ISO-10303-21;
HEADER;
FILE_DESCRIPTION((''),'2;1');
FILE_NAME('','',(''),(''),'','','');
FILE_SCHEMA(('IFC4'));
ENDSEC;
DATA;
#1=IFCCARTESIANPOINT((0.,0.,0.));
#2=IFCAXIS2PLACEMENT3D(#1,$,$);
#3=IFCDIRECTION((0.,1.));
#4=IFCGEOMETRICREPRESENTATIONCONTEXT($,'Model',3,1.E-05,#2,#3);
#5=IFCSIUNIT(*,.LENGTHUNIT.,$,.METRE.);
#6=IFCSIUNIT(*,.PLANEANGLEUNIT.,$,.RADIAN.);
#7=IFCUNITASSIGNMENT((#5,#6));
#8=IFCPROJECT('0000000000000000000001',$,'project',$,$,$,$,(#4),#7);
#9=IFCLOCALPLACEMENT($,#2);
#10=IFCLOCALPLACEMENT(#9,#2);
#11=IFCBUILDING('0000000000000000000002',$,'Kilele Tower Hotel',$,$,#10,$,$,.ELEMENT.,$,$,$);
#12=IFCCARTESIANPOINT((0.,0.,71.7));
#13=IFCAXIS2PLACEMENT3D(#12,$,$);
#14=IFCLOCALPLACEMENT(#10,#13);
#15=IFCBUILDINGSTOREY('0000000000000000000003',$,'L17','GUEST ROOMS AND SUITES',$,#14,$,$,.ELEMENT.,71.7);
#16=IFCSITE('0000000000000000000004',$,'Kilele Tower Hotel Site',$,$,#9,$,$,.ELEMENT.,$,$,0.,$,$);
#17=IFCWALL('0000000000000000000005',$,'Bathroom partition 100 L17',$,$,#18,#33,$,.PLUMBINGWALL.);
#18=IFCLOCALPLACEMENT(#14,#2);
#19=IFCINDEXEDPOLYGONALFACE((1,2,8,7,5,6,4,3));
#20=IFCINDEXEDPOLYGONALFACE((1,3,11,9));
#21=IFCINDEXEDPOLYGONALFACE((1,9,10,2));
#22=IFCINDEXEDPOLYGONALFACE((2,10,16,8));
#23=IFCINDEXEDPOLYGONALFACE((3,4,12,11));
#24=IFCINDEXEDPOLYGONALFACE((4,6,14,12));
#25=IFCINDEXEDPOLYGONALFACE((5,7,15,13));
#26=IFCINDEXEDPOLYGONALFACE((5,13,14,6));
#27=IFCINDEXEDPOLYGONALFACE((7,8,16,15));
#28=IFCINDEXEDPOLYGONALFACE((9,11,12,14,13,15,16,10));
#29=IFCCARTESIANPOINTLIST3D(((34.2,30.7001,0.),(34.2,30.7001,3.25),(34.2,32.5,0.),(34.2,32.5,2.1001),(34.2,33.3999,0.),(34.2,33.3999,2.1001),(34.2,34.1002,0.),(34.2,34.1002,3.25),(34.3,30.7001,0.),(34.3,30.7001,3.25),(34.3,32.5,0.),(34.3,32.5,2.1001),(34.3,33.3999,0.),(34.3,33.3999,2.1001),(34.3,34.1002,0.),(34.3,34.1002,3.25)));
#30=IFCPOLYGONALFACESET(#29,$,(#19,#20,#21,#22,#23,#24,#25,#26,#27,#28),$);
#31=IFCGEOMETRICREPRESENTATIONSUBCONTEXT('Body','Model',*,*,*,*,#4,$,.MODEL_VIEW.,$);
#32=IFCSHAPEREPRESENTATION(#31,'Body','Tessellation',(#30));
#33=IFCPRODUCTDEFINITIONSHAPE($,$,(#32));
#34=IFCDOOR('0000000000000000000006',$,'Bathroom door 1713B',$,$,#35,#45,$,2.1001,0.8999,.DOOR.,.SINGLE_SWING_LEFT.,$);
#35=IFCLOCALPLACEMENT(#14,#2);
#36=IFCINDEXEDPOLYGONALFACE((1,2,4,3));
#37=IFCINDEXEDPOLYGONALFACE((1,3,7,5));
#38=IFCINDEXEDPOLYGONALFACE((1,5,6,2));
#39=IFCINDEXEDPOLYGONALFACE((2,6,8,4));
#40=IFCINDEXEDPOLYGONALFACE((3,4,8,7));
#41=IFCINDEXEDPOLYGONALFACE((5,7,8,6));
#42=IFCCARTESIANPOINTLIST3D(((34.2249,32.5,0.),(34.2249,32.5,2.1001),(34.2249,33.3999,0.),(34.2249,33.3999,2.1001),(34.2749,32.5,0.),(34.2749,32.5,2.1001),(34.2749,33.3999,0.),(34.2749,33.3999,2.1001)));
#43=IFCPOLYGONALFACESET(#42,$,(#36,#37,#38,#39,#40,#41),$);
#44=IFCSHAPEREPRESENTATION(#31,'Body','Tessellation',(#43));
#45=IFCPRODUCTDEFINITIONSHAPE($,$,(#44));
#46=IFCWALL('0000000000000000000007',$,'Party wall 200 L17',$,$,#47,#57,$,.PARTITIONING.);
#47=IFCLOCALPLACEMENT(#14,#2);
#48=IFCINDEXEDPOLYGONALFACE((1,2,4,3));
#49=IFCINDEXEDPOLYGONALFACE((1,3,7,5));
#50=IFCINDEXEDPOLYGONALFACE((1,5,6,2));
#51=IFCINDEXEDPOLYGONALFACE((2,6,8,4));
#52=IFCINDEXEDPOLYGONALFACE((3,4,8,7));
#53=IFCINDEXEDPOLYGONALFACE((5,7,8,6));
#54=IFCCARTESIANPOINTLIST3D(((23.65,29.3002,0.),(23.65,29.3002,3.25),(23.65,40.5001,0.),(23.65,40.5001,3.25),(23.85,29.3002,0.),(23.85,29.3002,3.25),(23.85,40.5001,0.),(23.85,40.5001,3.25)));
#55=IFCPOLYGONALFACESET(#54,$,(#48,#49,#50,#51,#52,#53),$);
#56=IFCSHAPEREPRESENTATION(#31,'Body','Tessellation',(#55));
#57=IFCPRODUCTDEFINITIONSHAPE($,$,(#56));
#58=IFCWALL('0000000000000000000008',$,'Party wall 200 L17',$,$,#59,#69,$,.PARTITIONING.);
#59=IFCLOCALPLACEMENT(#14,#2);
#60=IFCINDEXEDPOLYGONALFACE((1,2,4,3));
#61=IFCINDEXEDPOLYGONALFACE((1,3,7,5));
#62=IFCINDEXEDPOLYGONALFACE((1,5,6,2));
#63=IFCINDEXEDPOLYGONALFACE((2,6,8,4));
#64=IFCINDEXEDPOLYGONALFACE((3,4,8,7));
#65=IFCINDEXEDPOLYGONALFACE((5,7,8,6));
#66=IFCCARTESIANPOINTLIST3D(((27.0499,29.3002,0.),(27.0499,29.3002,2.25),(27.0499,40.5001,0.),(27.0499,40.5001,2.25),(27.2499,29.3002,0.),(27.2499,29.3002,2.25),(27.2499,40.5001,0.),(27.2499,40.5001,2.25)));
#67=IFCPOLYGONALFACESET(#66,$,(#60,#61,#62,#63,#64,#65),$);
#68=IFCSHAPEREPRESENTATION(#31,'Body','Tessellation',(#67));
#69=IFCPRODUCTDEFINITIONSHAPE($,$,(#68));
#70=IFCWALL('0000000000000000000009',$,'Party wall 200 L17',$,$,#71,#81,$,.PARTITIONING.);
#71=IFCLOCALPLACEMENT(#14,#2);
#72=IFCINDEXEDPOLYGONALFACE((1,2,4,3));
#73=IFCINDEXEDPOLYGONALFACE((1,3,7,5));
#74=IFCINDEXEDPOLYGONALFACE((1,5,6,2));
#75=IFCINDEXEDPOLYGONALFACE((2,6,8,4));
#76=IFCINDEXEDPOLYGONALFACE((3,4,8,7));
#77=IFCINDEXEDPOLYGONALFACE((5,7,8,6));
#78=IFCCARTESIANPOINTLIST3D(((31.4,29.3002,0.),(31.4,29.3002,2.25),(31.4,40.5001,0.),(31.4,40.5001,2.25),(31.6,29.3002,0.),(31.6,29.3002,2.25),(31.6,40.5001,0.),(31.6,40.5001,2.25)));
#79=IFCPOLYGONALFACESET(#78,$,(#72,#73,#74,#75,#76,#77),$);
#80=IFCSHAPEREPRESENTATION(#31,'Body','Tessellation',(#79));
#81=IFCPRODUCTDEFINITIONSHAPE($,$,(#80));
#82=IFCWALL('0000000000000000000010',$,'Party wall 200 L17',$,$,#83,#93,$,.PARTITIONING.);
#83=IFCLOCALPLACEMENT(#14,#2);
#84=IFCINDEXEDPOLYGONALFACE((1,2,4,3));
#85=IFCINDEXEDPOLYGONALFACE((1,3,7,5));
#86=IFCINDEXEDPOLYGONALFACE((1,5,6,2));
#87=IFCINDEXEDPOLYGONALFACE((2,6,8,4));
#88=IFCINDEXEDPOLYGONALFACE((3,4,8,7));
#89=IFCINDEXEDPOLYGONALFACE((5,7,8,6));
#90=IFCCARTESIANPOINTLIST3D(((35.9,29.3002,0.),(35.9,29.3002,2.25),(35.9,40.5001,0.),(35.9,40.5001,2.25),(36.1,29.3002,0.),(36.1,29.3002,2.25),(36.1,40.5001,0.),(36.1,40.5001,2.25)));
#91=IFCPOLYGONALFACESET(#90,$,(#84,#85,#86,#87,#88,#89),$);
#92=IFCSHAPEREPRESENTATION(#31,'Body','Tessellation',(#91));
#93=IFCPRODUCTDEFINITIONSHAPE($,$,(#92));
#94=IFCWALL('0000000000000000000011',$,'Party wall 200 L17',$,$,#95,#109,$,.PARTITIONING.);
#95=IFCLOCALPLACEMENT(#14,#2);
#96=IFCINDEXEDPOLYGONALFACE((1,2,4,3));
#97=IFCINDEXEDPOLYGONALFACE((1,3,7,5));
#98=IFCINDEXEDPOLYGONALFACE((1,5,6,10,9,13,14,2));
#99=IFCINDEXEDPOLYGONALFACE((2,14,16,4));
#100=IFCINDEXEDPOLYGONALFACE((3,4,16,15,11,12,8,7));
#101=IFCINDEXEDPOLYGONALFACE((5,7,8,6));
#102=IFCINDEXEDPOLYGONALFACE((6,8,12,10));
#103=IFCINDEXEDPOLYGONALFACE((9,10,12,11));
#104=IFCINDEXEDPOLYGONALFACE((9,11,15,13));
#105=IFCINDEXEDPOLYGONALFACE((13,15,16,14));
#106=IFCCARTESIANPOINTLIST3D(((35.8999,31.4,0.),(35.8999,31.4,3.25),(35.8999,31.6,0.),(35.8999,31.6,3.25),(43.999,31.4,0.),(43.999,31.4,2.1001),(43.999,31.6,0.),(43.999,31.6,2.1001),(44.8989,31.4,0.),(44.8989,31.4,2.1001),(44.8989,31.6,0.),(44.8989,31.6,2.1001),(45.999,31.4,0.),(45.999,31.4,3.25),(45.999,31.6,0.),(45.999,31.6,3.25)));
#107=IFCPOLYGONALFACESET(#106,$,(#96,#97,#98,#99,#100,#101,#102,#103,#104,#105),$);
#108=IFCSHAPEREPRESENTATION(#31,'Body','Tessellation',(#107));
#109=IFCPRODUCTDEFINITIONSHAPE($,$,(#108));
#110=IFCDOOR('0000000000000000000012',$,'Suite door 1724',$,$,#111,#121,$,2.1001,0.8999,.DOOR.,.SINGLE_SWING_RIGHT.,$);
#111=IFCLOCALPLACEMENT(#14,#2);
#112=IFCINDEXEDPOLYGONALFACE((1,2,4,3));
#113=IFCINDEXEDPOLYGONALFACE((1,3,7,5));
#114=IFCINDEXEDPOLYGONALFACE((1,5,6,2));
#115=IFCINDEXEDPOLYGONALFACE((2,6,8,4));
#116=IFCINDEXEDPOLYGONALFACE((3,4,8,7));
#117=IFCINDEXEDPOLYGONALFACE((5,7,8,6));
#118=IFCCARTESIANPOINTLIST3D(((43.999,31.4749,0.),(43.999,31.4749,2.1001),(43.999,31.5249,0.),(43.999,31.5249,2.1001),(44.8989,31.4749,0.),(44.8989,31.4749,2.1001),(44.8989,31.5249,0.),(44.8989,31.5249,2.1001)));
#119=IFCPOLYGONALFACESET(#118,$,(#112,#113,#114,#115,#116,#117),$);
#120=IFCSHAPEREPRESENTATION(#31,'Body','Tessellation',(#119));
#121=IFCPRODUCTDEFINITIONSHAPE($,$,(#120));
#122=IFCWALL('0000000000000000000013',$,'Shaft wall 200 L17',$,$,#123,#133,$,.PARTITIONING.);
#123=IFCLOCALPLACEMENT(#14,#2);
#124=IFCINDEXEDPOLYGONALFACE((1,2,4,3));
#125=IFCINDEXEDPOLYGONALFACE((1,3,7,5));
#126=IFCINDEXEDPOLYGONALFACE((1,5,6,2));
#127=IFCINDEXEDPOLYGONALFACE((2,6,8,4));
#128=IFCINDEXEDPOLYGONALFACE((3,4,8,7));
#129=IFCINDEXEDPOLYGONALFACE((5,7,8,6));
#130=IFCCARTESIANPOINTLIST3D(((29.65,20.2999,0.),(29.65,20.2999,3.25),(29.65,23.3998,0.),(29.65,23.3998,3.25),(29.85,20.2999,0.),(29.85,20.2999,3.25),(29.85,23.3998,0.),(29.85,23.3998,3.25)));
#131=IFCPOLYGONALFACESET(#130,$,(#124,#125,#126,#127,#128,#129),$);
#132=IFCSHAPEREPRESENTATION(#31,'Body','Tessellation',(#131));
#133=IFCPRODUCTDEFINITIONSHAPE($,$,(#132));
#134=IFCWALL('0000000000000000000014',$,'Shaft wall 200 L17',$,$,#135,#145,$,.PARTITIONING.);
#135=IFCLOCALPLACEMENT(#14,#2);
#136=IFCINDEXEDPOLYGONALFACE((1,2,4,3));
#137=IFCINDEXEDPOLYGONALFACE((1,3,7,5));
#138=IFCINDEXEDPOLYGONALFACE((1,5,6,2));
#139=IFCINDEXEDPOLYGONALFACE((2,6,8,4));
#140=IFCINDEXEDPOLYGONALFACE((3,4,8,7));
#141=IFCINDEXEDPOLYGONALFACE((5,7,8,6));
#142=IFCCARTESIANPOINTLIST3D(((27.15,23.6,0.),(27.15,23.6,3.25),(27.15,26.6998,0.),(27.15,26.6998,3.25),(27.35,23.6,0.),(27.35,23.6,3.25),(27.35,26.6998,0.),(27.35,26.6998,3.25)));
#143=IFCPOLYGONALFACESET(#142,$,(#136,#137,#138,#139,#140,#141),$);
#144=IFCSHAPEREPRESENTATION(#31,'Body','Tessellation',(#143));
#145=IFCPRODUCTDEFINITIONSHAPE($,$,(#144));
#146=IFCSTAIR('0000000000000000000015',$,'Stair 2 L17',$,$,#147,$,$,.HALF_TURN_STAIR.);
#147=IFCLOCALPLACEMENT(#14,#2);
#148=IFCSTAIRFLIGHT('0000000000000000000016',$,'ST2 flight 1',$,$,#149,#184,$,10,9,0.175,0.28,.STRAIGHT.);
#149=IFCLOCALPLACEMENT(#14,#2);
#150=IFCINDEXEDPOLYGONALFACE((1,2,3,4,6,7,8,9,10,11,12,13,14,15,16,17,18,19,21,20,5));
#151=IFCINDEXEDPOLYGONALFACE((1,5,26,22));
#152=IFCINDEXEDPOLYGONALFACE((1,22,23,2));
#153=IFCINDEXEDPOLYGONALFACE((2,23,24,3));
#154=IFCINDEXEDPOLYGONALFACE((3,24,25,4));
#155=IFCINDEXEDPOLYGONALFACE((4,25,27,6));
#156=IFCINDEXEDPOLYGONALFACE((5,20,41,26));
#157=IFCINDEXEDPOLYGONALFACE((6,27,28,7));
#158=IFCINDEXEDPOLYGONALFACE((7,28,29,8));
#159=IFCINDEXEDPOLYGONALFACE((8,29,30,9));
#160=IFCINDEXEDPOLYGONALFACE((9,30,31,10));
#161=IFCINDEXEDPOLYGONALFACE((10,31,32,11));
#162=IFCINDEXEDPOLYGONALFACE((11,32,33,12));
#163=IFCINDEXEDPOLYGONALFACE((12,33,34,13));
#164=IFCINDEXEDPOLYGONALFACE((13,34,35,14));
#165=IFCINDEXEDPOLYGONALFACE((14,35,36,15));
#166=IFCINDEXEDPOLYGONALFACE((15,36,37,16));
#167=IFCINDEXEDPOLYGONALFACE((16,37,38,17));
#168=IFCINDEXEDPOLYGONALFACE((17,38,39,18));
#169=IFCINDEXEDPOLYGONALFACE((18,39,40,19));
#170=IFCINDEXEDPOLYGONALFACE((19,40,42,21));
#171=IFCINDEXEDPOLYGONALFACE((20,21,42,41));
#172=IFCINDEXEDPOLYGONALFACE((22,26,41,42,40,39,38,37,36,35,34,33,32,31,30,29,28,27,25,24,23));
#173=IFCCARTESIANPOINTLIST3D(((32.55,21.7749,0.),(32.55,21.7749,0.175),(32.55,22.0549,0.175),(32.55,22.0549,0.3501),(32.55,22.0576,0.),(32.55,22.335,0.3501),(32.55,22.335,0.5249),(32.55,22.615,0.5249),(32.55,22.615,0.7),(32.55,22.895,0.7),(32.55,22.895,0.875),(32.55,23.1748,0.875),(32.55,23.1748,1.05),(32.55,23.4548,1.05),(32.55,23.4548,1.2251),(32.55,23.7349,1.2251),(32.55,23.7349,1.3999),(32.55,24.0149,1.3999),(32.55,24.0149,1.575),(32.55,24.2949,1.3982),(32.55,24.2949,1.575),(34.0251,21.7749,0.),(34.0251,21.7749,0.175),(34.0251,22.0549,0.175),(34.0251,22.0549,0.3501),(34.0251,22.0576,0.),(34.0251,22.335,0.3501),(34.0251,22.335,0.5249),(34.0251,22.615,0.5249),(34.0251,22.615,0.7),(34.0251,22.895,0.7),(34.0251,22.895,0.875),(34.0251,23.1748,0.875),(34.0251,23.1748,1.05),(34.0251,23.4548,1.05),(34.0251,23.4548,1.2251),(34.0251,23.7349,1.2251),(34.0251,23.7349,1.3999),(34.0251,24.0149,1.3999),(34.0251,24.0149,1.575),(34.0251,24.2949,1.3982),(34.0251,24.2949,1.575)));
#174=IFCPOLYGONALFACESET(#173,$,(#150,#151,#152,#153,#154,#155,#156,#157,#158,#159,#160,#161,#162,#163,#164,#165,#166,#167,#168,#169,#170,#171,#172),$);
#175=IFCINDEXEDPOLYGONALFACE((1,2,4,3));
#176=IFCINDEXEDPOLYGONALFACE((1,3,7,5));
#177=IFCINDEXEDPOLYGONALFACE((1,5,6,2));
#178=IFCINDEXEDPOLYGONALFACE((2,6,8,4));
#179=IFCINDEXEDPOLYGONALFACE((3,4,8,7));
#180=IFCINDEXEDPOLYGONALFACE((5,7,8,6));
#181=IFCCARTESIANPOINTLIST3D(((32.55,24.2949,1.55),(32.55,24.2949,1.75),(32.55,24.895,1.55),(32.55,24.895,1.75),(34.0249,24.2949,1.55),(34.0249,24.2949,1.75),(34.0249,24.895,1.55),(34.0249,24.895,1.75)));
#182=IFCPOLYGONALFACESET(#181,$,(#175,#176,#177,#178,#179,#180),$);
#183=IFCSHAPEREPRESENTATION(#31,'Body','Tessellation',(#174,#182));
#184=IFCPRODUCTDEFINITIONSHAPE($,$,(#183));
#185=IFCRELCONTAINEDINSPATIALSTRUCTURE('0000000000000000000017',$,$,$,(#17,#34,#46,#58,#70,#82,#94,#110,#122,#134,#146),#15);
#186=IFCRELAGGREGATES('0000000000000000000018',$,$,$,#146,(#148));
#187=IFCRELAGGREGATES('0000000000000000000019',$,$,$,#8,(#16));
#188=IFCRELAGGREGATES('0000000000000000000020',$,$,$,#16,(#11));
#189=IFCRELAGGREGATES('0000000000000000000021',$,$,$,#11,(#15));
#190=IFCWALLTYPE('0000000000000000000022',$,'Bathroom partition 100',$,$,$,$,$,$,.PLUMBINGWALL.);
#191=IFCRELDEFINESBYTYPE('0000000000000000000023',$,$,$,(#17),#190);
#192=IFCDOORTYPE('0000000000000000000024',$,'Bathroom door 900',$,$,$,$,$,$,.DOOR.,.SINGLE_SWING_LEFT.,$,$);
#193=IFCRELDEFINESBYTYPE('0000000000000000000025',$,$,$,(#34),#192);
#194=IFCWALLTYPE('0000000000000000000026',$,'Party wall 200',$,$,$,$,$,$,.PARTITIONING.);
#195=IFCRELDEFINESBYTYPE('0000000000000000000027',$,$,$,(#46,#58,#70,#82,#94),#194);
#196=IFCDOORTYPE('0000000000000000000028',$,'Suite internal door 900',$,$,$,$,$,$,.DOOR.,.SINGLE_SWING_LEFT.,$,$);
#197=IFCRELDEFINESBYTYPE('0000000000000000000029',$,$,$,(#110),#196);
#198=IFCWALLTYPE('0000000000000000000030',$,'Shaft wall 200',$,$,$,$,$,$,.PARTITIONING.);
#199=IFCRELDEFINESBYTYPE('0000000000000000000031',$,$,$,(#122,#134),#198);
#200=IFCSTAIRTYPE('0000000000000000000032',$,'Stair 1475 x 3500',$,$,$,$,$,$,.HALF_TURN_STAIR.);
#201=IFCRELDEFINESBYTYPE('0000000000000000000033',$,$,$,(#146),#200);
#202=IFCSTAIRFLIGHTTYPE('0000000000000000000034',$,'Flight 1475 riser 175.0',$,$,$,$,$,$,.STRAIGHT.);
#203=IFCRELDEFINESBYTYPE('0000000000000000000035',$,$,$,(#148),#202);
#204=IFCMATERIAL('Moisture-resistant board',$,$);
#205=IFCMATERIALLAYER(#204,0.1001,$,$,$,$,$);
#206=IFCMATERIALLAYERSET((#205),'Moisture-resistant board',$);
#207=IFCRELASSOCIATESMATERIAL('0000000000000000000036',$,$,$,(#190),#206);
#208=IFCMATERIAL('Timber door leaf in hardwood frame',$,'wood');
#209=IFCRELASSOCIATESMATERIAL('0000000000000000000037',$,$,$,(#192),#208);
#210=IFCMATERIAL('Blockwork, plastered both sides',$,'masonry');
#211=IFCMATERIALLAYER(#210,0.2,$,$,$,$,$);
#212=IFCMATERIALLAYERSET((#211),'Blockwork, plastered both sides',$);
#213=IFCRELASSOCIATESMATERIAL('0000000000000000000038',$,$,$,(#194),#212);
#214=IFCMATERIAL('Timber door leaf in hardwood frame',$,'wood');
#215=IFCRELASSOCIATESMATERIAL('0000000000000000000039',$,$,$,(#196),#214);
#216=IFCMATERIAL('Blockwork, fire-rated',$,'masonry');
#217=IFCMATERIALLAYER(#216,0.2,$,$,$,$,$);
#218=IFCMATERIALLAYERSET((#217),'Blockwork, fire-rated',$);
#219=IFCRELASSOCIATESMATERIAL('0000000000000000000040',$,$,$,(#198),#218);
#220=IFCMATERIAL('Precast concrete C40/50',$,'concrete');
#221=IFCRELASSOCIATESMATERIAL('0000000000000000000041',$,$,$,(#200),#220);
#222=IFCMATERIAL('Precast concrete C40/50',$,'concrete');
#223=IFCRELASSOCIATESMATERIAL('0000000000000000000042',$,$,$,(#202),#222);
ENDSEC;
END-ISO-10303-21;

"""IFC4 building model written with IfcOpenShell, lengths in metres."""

from ifc_helpers import new_model, si_unit, direction, frame, frame_2d, origin, place, context, subcontext, project, spatial, polyline, rectangle, outline, extrude, material, layer, layer_set, type_object, element, fill, aggregate, save


model = new_model("IFC4")

# Units and contexts
model_context = context("Model", 3, precision=1e-05, world=origin(), true_north=direction((0.0, 1.0)))
body_context = subcontext(model_context, "Body", "Model", "MODEL_VIEW")
ifc_project = project(units=[si_unit("LENGTHUNIT", "METRE"), si_unit("PLANEANGLEUNIT", "RADIAN")], contexts=[model_context])

# Site, building, storey
site_placement = place(None, origin())
site = spatial("IfcSite", under=ifc_project, at=site_placement, Name="Kilele Tower Hotel Site", CompositionType="ELEMENT", RefElevation=0.0)
building_placement = place(site_placement, origin())
building = spatial("IfcBuilding", under=site, at=building_placement, Name="Kilele Tower Hotel", CompositionType="ELEMENT")
storey_placement = place(building_placement, frame((0.0, 0.0, 71.7)))
storey = spatial("IfcBuildingStorey", under=building, at=storey_placement, Name="L17", Description="GUEST ROOMS AND SUITES", CompositionType="ELEMENT", Elevation=71.7)

# Shared definitions
ifc_material_1 = material(Name="Moisture-resistant board")
ifc_layer_1 = layer(ifc_material_1, 0.1001)
ifc_layer_set_1 = layer_set([ifc_layer_1], Name="Moisture-resistant board")
wall_type_1 = type_object("IfcWallType", Name="Bathroom partition 100", PredefinedType="PLUMBINGWALL", material=ifc_layer_set_1)

# Shared definitions
ifc_material_2 = material(Name="Timber door leaf in hardwood frame", Category="wood")
door_type_1 = type_object("IfcDoorType", Name="Bathroom door 900", OperationType="SINGLE_SWING_LEFT", PredefinedType="DOOR", material=ifc_material_2)

# Wall, opening, door
wall_1_placement = place(storey_placement, frame((34.25, 30.7, 0.0), z_axis=(0.0, 0.0, 1.0), x_axis=(0.0, 1.0, 0.0)))
wall_1 = element("IfcWall", 1, at=wall_1_placement, inside=storey, type_object=wall_type_1, Name="Bathroom partition 100 L17", PredefinedType="PLUMBINGWALL", context=body_context, shape_type="SweptSolid", body=[
    extrude(rectangle(XDim=3.4001, YDim=0.1001, at=frame_2d((1.7002, 0.0))), origin(), (0.0, 0.0, 1.0), 3.25),
])
opening_1_placement = place(wall_1_placement, frame((2.7, 0.0, 0.0), z_axis=(0.0, 0.0, 1.0), x_axis=(-1.0, 0.0, 0.0)))
opening_1 = element("IfcOpeningElement", 2, at=opening_1_placement, cuts=wall_1, PredefinedType="OPENING", context=body_context, shape_type="SweptSolid", body=[
    extrude(rectangle(XDim=0.8999, YDim=2.1001, at=frame_2d((0.45, 1.05))), frame((0.0, 0.0601, 0.0), z_axis=(0.0, -1.0, 0.0), x_axis=(1.0, 0.0, 0.0)), (0.0, 0.0, 1.0), 0.1201),
])
door_1_placement = place(opening_1_placement, origin())
door_1 = element("IfcDoor", 3, at=door_1_placement, inside=storey, type_object=door_type_1, Name="Bathroom door 1713B", OperationType="SINGLE_SWING_LEFT", OverallHeight=2.1001, OverallWidth=0.8999, PredefinedType="DOOR", context=body_context, shape_type="SweptSolid", body=[
    extrude(rectangle(XDim=0.8999, YDim=2.1001, at=frame_2d((0.45, 1.05))), frame((0.0, 0.0249, 0.0), z_axis=(0.0, -1.0, 0.0), x_axis=(1.0, 0.0, 0.0)), (0.0, 0.0, 1.0), 0.05),
])
fill(opening_1, door_1)

# Walls
ifc_material_3 = material(Name="Blockwork, plastered both sides", Category="masonry")
ifc_layer_2 = layer(ifc_material_3, 0.2)
ifc_layer_set_2 = layer_set([ifc_layer_2], Name="Blockwork, plastered both sides")
wall_type_2 = type_object("IfcWallType", Name="Party wall 200", PredefinedType="PARTITIONING", material=ifc_layer_set_2)
wall_2_placement = place(storey_placement, frame((23.75, 29.3, 0.0), z_axis=(0.0, 0.0, 1.0), x_axis=(0.0, 1.0, 0.0)))
element("IfcWall", 4, at=wall_2_placement, inside=storey, type_object=wall_type_2, Name="Party wall 200 L17", PredefinedType="PARTITIONING", context=body_context, shape_type="SweptSolid", body=[
    extrude(rectangle(XDim=11.2, YDim=0.2, at=frame_2d((5.6001, 0.0))), origin(), (0.0, 0.0, 1.0), 3.25),
])
for number, where, z_axis, x_axis, name in (
    (5, (27.1499, 29.3, 0.0), (0.0, 0.0, 1.0), (0.0, 1.0, 0.0), "Party wall 200 L17"),
    (6, (31.5, 29.3, 0.0), (0.0, 0.0, 1.0), (0.0, 1.0, 0.0), "Party wall 200 L17"),
    (7, (36.0, 29.3, 0.0), (0.0, 0.0, 1.0), (0.0, 1.0, 0.0), "Party wall 200 L17"),
):
    element("IfcWall", number, at=place(storey_placement, frame(where, z_axis=z_axis, x_axis=x_axis)), inside=storey, type_object=wall_type_2, Name=name, PredefinedType="PARTITIONING", context=body_context, shape_type="SweptSolid", body=[
        extrude(rectangle(XDim=11.2, YDim=0.2, at=frame_2d((5.6001, 0.0))), origin(), (0.0, 0.0, 1.0), 2.25),
    ])

# Wall, opening, door
wall_3_placement = place(storey_placement, frame((35.8999, 31.5, 0.0), z_axis=(0.0, 0.0, 1.0), x_axis=(1.0, 0.0, 0.0)))
wall_3 = element("IfcWall", 8, at=wall_3_placement, inside=storey, type_object=wall_type_2, Name="Party wall 200 L17", PredefinedType="PARTITIONING", context=body_context, shape_type="SweptSolid", body=[
    extrude(rectangle(XDim=10.0991, YDim=0.2, at=frame_2d((5.0496, 0.0))), origin(), (0.0, 0.0, 1.0), 3.25),
])
opening_2_placement = place(wall_3_placement, frame((8.0991, 0.0, 0.0)))
opening_2 = element("IfcOpeningElement", 9, at=opening_2_placement, cuts=wall_3, PredefinedType="OPENING", context=body_context, shape_type="SweptSolid", body=[
    extrude(rectangle(XDim=0.8999, YDim=2.1001, at=frame_2d((0.45, 1.05))), frame((0.0, 0.1099, 0.0), z_axis=(0.0, -1.0, 0.0), x_axis=(1.0, 0.0, 0.0)), (0.0, 0.0, 1.0), 0.22),
])
ifc_material_4 = material(Name="Timber door leaf in hardwood frame", Category="wood")
door_type_2 = type_object("IfcDoorType", Name="Suite internal door 900", OperationType="SINGLE_SWING_LEFT", PredefinedType="DOOR", material=ifc_material_4)
door_2_placement = place(opening_2_placement, origin())
door_2 = element("IfcDoor", 10, at=door_2_placement, inside=storey, type_object=door_type_2, Name="Suite door 1724", OperationType="SINGLE_SWING_RIGHT", OverallHeight=2.1001, OverallWidth=0.8999, PredefinedType="DOOR", context=body_context, shape_type="SweptSolid", body=[
    extrude(rectangle(XDim=0.8999, YDim=2.1001, at=frame_2d((0.45, 1.05))), frame((0.0, 0.0249, 0.0), z_axis=(0.0, -1.0, 0.0), x_axis=(1.0, 0.0, 0.0)), (0.0, 0.0, 1.0), 0.05),
])
fill(opening_2, door_2)

# Walls
ifc_material_5 = material(Name="Blockwork, fire-rated", Category="masonry")
ifc_layer_3 = layer(ifc_material_5, 0.2)
ifc_layer_set_3 = layer_set([ifc_layer_3], Name="Blockwork, fire-rated")
wall_type_3 = type_object("IfcWallType", Name="Shaft wall 200", PredefinedType="PARTITIONING", material=ifc_layer_set_3)
for number, where, z_axis, x_axis, name in (
    (11, (29.75, 20.3, 0.0), (0.0, 0.0, 1.0), (0.0, 1.0, 0.0), "Shaft wall 200 L17"),
    (12, (27.25, 23.6001, 0.0), (0.0, 0.0, 1.0), (0.0, 1.0, 0.0), "Shaft wall 200 L17"),
):
    element("IfcWall", number, at=place(storey_placement, frame(where, z_axis=z_axis, x_axis=x_axis)), inside=storey, type_object=wall_type_3, Name=name, PredefinedType="PARTITIONING", context=body_context, shape_type="SweptSolid", body=[
        extrude(rectangle(XDim=3.0999, YDim=0.2, at=frame_2d((1.5498, 0.0))), origin(), (0.0, 0.0, 1.0), 3.25),
    ])

# Stair, stair flight
ifc_material_6 = material(Name="Precast concrete C40/50", Category="concrete")
stair_type = type_object("IfcStairType", Name="Stair 1475 x 3500", PredefinedType="HALF_TURN_STAIR", material=ifc_material_6)
stair_placement = place(storey_placement, origin())
stair = element("IfcStair", 13, at=stair_placement, inside=storey, type_object=stair_type, Name="Stair 2 L17", PredefinedType="HALF_TURN_STAIR")
ifc_material_7 = material(Name="Precast concrete C40/50", Category="concrete")
stair_flight_type = type_object("IfcStairFlightType", Name="Flight 1475 riser 175.0", PredefinedType="STRAIGHT", material=ifc_material_7)
stair_flight_1_placement = place(storey_placement, frame((33.2876, 21.7749, 0.0), z_axis=(0.0, 0.0, 1.0), x_axis=(0.0, 1.0, 0.0)))
stair_flight_1 = element("IfcStairFlight", 14, at=stair_flight_1_placement, type_object=stair_flight_type, Name="ST2 flight 1", NumberOfRisers=10, NumberOfTreads=9, PredefinedType="STRAIGHT", RiserHeight=0.175, TreadLength=0.28, context=body_context, shape_type="SweptSolid", body=[
    extrude(outline(polyline([(0.0, 0.0), (0.0, 0.175), (0.28, 0.175), (0.28, 0.3501), (0.5601, 0.3501), (0.5601, 0.5249), (0.8401, 0.5249), (0.8401, 0.7), (1.1201, 0.7), (1.1201, 0.875), (1.3999, 0.875), (1.3999, 1.05), (1.6799, 1.05), (1.6799, 1.2251), (1.96, 1.2251), (1.96, 1.3999), (2.24, 1.3999), (2.24, 1.575), (2.52, 1.575), (2.52, 1.75), (2.52, 1.3982), (0.2827, 0.0), (0.0, 0.0)])), frame((0.0, 0.7375, 0.0), z_axis=(0.0, -1.0, 0.0), x_axis=(1.0, 0.0, 0.0)), (0.0, 0.0, 1.0), 1.4751),
    extrude(outline(polyline([(2.52, 0.7375), (2.52, -0.7373), (3.1201, -0.7373), (3.1201, 0.7375), (2.52, 0.7375)])), frame((0.0, 0.0, 1.55)), (0.0, 0.0, 1.0), 0.2),
])
aggregate(stair, [stair_flight_1])

save(model, "model.ifc")
